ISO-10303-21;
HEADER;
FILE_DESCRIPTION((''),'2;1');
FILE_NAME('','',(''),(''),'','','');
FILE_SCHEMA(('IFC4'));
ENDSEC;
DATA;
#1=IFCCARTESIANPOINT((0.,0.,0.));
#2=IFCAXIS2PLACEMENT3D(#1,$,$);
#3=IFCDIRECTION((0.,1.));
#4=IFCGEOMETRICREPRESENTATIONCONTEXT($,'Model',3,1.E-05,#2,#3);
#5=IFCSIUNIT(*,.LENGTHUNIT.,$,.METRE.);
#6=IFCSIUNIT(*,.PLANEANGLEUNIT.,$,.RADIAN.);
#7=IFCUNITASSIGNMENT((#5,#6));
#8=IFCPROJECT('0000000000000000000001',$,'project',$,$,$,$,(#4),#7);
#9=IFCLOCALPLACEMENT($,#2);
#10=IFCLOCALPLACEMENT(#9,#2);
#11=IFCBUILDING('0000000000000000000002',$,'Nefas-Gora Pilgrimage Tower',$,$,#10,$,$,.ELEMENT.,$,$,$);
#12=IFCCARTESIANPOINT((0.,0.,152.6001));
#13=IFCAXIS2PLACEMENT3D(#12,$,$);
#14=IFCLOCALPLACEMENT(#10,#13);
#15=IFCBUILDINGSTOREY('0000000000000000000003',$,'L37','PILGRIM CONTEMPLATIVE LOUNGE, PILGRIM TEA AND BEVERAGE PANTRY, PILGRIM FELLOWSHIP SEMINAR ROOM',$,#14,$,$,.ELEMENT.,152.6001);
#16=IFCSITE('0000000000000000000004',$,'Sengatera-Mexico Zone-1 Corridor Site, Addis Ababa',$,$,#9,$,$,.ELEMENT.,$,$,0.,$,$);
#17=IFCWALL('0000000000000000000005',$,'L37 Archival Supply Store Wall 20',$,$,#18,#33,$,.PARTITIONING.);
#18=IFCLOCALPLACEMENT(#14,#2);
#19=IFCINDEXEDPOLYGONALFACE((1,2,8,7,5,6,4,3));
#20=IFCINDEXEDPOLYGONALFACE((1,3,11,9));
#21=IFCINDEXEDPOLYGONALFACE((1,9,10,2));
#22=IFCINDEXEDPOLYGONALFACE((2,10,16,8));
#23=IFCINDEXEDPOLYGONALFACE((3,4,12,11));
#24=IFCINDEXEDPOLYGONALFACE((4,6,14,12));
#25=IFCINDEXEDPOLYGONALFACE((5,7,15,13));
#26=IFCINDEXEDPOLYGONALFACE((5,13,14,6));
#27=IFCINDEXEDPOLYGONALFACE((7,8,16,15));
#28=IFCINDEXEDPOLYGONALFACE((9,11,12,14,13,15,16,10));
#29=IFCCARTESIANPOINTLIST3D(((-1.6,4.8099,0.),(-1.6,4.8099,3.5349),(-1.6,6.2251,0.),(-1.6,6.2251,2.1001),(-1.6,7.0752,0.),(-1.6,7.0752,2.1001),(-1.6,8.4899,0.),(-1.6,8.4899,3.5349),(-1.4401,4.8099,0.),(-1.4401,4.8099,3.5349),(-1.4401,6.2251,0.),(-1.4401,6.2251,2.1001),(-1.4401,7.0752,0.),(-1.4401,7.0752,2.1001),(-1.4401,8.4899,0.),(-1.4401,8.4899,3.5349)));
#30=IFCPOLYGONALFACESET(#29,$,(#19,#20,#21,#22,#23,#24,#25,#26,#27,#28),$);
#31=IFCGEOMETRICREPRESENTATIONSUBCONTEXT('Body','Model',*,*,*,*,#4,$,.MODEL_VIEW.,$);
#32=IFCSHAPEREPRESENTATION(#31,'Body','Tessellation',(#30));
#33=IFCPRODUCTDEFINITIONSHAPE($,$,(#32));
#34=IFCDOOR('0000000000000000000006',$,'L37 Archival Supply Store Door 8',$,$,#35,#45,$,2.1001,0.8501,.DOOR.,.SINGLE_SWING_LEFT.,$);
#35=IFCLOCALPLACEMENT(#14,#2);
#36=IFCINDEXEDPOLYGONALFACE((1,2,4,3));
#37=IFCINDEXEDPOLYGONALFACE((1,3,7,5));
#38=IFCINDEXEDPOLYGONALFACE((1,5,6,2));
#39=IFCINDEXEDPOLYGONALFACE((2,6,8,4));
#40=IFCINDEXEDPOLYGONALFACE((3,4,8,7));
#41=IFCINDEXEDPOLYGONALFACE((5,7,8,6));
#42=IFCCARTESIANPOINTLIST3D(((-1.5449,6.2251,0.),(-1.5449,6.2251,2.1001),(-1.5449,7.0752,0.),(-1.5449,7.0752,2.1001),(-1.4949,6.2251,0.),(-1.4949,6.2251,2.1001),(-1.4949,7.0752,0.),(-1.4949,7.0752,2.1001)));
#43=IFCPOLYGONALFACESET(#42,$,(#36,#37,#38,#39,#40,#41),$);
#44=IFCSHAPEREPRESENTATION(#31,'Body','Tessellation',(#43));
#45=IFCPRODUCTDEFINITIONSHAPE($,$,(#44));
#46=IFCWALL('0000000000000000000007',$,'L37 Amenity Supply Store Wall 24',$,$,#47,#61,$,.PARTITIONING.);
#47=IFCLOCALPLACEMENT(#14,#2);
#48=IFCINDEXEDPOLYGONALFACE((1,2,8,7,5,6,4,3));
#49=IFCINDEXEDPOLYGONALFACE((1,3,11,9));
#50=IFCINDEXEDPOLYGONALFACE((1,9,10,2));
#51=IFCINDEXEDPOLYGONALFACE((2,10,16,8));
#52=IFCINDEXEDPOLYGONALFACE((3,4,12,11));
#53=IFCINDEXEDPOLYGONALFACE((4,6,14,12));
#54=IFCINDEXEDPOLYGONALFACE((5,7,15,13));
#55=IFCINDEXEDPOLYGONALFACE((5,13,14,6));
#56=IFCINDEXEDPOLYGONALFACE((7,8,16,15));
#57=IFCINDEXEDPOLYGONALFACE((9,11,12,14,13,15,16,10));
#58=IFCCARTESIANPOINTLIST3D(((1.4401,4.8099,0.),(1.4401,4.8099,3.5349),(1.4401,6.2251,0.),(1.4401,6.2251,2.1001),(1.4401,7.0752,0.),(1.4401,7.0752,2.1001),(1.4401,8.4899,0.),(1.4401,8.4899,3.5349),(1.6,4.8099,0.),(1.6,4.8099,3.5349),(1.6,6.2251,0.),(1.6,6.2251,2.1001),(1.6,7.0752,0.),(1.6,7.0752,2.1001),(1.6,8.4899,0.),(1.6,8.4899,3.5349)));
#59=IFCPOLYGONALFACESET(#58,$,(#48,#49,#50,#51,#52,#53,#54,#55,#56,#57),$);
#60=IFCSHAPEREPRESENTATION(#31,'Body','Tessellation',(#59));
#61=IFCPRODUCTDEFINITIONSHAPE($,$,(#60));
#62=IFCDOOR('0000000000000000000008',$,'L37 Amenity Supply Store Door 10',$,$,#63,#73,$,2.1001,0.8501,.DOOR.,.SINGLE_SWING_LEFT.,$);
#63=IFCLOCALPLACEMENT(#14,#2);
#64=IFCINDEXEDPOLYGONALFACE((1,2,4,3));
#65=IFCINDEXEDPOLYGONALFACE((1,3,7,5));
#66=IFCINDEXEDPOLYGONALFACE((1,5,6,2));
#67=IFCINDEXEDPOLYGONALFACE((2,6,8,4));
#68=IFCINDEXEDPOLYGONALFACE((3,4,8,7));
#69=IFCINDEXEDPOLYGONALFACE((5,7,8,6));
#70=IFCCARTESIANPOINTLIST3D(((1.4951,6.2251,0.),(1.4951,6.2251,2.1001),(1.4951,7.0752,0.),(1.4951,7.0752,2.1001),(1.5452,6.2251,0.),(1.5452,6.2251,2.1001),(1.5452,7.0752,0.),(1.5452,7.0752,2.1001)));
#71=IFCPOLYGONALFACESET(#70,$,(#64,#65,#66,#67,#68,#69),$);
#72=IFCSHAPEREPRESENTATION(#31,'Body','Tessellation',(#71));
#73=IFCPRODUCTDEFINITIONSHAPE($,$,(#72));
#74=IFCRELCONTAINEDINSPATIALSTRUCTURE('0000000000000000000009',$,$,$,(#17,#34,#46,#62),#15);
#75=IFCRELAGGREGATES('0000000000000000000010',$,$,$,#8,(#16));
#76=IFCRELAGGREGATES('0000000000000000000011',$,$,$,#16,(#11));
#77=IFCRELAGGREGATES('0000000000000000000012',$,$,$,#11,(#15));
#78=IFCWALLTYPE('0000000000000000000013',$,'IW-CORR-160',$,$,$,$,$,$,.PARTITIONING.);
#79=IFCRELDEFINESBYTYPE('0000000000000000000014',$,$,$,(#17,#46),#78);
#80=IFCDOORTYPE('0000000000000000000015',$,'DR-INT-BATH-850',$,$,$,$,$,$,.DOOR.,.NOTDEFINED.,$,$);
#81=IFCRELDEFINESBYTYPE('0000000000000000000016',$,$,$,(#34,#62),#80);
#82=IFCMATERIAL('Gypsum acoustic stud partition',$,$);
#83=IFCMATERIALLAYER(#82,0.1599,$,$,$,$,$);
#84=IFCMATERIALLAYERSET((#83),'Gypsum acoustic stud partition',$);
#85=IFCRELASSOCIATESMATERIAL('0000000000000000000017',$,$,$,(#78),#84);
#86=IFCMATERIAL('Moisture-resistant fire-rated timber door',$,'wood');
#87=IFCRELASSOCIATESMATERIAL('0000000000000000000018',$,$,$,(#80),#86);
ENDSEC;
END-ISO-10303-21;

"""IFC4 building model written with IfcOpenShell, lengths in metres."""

from ifc_helpers import new_model, si_unit, direction, frame, frame_2d, origin, place, context, subcontext, project, spatial, rectangle, extrude, source, transform, mapped, material, layer, layer_set, type_object, element, fill, save


model = new_model("IFC4")

# Units and contexts
model_context = context("Model", 3, precision=1e-05, world=origin(), true_north=direction((0.0, 1.0)))
body_context = subcontext(model_context, "Body", "Model", "MODEL_VIEW")
ifc_project = project(units=[si_unit("LENGTHUNIT", "METRE"), si_unit("PLANEANGLEUNIT", "RADIAN")], contexts=[model_context])

# Site, building, storey
site_placement = place(None, origin())
site = spatial("IfcSite", under=ifc_project, at=site_placement, Name="Sengatera-Mexico Zone-1 Corridor Site, Addis Ababa", CompositionType="ELEMENT", RefElevation=0.0)
building_placement = place(site_placement, origin())
building = spatial("IfcBuilding", under=site, at=building_placement, Name="Nefas-Gora Pilgrimage Tower", CompositionType="ELEMENT")
storey_placement = place(building_placement, frame((0.0, 0.0, 152.6001)))
storey = spatial("IfcBuildingStorey", under=building, at=storey_placement, Name="L37", Description="PILGRIM CONTEMPLATIVE LOUNGE, PILGRIM TEA AND BEVERAGE PANTRY, PILGRIM FELLOWSHIP SEMINAR ROOM", CompositionType="ELEMENT", Elevation=152.6001)

# Walls, openings, doors
ifc_material_1 = material(Name="Gypsum acoustic stud partition")
ifc_layer_1 = layer(ifc_material_1, 0.1599)
ifc_layer_set_1 = layer_set([ifc_layer_1], Name="Gypsum acoustic stud partition")
wall_type_1 = type_object("IfcWallType", Name="IW-CORR-160", PredefinedType="PARTITIONING", material=ifc_layer_set_1)
ifc_material_2 = material(Name="Moisture-resistant fire-rated timber door", Category="wood")
door_type = type_object("IfcDoorType", Name="DR-INT-BATH-850", OperationType="NOTDEFINED", PredefinedType="DOOR", material=ifc_material_2)
shared_shape_1 = source(origin(), body_context, "Body", "SweptSolid", [
    extrude(rectangle(XDim=0.8501, YDim=2.1001, at=frame_2d((0.425, 1.05))), frame((0.0, 0.0249, 0.0), z_axis=(0.0, -1.0, 0.0), x_axis=(1.0, 0.0, 0.0)), (0.0, 0.0, 1.0), 0.05),
])
shared_shape_2 = source(origin(), body_context, "Body", "SweptSolid", [
    extrude(rectangle(XDim=3.6799, YDim=0.1599, at=frame_2d((1.8398, 0.0))), origin(), (0.0, 0.0, 1.0), 3.5349),
])
wall_1_placement = place(storey_placement, frame((-1.52, 4.8101, 0.0), z_axis=(0.0, 0.0, 1.0), x_axis=(0.0, 1.0, 0.0)))
wall_1 = element("IfcWall", 1, at=wall_1_placement, inside=storey, type_object=wall_type_1, Name="L37 Archival Supply Store Wall 20", PredefinedType="PARTITIONING", context=body_context, shape_type="MappedRepresentation", body=[
    mapped(shared_shape_2, transform((0.0, 0.0, 0.0), x_axis=(1.0, 0.0, 0.0), y_axis=(0.0, 1.0, 0.0), z_axis=(0.0, 0.0, 1.0), scale=1.0)),
])
opening_1_placement = place(wall_1_placement, frame((1.415, 0.0, 0.0)))
opening_1 = element("IfcOpeningElement", 2, at=opening_1_placement, cuts=wall_1, PredefinedType="OPENING", context=body_context, shape_type="SweptSolid", body=[
    extrude(rectangle(XDim=0.8501, YDim=2.1001, at=frame_2d((0.425, 1.05))), frame((0.0, 0.0898, 0.0), z_axis=(0.0, -1.0, 0.0), x_axis=(1.0, 0.0, 0.0)), (0.0, 0.0, 1.0), 0.1799),
])
door_1_placement = place(opening_1_placement, origin())
door_1 = element("IfcDoor", 3, at=door_1_placement, inside=storey, type_object=door_type, Name="L37 Archival Supply Store Door 8", OperationType="SINGLE_SWING_LEFT", OverallHeight=2.1001, OverallWidth=0.8501, PredefinedType="DOOR", context=body_context, shape_type="MappedRepresentation", body=[
    mapped(shared_shape_1, transform((0.0, 0.0, 0.0), x_axis=(1.0, 0.0, 0.0), y_axis=(0.0, 1.0, 0.0), z_axis=(0.0, 0.0, 1.0), scale=1.0)),
])
fill(opening_1, door_1)
wall_2_placement = place(storey_placement, frame((1.52, 4.8101, 0.0), z_axis=(0.0, 0.0, 1.0), x_axis=(0.0, 1.0, 0.0)))
wall_2 = element("IfcWall", 4, at=wall_2_placement, inside=storey, type_object=wall_type_1, Name="L37 Amenity Supply Store Wall 24", PredefinedType="PARTITIONING", context=body_context, shape_type="MappedRepresentation", body=[
    mapped(shared_shape_2, transform((0.0, 0.0, 0.0), x_axis=(1.0, 0.0, 0.0), y_axis=(0.0, 1.0, 0.0), z_axis=(0.0, 0.0, 1.0), scale=1.0)),
])
opening_2_placement = place(wall_2_placement, frame((1.415, 0.0, 0.0)))
opening_2 = element("IfcOpeningElement", 5, at=opening_2_placement, cuts=wall_2, PredefinedType="OPENING", context=body_context, shape_type="SweptSolid", body=[
    extrude(rectangle(XDim=0.8501, YDim=2.1001, at=frame_2d((0.425, 1.05))), frame((0.0, 0.0898, 0.0), z_axis=(0.0, -1.0, 0.0), x_axis=(1.0, 0.0, 0.0)), (0.0, 0.0, 1.0), 0.1799),
])
door_2_placement = place(opening_2_placement, origin())
door_2 = element("IfcDoor", 6, at=door_2_placement, inside=storey, type_object=door_type, Name="L37 Amenity Supply Store Door 10", OperationType="SINGLE_SWING_LEFT", OverallHeight=2.1001, OverallWidth=0.8501, PredefinedType="DOOR", context=body_context, shape_type="MappedRepresentation", body=[
    mapped(shared_shape_1, transform((0.0, 0.0, 0.0), x_axis=(1.0, 0.0, 0.0), y_axis=(0.0, 1.0, 0.0), z_axis=(0.0, 0.0, 1.0), scale=1.0)),
])
fill(opening_2, door_2)

save(model, "model.ifc")
